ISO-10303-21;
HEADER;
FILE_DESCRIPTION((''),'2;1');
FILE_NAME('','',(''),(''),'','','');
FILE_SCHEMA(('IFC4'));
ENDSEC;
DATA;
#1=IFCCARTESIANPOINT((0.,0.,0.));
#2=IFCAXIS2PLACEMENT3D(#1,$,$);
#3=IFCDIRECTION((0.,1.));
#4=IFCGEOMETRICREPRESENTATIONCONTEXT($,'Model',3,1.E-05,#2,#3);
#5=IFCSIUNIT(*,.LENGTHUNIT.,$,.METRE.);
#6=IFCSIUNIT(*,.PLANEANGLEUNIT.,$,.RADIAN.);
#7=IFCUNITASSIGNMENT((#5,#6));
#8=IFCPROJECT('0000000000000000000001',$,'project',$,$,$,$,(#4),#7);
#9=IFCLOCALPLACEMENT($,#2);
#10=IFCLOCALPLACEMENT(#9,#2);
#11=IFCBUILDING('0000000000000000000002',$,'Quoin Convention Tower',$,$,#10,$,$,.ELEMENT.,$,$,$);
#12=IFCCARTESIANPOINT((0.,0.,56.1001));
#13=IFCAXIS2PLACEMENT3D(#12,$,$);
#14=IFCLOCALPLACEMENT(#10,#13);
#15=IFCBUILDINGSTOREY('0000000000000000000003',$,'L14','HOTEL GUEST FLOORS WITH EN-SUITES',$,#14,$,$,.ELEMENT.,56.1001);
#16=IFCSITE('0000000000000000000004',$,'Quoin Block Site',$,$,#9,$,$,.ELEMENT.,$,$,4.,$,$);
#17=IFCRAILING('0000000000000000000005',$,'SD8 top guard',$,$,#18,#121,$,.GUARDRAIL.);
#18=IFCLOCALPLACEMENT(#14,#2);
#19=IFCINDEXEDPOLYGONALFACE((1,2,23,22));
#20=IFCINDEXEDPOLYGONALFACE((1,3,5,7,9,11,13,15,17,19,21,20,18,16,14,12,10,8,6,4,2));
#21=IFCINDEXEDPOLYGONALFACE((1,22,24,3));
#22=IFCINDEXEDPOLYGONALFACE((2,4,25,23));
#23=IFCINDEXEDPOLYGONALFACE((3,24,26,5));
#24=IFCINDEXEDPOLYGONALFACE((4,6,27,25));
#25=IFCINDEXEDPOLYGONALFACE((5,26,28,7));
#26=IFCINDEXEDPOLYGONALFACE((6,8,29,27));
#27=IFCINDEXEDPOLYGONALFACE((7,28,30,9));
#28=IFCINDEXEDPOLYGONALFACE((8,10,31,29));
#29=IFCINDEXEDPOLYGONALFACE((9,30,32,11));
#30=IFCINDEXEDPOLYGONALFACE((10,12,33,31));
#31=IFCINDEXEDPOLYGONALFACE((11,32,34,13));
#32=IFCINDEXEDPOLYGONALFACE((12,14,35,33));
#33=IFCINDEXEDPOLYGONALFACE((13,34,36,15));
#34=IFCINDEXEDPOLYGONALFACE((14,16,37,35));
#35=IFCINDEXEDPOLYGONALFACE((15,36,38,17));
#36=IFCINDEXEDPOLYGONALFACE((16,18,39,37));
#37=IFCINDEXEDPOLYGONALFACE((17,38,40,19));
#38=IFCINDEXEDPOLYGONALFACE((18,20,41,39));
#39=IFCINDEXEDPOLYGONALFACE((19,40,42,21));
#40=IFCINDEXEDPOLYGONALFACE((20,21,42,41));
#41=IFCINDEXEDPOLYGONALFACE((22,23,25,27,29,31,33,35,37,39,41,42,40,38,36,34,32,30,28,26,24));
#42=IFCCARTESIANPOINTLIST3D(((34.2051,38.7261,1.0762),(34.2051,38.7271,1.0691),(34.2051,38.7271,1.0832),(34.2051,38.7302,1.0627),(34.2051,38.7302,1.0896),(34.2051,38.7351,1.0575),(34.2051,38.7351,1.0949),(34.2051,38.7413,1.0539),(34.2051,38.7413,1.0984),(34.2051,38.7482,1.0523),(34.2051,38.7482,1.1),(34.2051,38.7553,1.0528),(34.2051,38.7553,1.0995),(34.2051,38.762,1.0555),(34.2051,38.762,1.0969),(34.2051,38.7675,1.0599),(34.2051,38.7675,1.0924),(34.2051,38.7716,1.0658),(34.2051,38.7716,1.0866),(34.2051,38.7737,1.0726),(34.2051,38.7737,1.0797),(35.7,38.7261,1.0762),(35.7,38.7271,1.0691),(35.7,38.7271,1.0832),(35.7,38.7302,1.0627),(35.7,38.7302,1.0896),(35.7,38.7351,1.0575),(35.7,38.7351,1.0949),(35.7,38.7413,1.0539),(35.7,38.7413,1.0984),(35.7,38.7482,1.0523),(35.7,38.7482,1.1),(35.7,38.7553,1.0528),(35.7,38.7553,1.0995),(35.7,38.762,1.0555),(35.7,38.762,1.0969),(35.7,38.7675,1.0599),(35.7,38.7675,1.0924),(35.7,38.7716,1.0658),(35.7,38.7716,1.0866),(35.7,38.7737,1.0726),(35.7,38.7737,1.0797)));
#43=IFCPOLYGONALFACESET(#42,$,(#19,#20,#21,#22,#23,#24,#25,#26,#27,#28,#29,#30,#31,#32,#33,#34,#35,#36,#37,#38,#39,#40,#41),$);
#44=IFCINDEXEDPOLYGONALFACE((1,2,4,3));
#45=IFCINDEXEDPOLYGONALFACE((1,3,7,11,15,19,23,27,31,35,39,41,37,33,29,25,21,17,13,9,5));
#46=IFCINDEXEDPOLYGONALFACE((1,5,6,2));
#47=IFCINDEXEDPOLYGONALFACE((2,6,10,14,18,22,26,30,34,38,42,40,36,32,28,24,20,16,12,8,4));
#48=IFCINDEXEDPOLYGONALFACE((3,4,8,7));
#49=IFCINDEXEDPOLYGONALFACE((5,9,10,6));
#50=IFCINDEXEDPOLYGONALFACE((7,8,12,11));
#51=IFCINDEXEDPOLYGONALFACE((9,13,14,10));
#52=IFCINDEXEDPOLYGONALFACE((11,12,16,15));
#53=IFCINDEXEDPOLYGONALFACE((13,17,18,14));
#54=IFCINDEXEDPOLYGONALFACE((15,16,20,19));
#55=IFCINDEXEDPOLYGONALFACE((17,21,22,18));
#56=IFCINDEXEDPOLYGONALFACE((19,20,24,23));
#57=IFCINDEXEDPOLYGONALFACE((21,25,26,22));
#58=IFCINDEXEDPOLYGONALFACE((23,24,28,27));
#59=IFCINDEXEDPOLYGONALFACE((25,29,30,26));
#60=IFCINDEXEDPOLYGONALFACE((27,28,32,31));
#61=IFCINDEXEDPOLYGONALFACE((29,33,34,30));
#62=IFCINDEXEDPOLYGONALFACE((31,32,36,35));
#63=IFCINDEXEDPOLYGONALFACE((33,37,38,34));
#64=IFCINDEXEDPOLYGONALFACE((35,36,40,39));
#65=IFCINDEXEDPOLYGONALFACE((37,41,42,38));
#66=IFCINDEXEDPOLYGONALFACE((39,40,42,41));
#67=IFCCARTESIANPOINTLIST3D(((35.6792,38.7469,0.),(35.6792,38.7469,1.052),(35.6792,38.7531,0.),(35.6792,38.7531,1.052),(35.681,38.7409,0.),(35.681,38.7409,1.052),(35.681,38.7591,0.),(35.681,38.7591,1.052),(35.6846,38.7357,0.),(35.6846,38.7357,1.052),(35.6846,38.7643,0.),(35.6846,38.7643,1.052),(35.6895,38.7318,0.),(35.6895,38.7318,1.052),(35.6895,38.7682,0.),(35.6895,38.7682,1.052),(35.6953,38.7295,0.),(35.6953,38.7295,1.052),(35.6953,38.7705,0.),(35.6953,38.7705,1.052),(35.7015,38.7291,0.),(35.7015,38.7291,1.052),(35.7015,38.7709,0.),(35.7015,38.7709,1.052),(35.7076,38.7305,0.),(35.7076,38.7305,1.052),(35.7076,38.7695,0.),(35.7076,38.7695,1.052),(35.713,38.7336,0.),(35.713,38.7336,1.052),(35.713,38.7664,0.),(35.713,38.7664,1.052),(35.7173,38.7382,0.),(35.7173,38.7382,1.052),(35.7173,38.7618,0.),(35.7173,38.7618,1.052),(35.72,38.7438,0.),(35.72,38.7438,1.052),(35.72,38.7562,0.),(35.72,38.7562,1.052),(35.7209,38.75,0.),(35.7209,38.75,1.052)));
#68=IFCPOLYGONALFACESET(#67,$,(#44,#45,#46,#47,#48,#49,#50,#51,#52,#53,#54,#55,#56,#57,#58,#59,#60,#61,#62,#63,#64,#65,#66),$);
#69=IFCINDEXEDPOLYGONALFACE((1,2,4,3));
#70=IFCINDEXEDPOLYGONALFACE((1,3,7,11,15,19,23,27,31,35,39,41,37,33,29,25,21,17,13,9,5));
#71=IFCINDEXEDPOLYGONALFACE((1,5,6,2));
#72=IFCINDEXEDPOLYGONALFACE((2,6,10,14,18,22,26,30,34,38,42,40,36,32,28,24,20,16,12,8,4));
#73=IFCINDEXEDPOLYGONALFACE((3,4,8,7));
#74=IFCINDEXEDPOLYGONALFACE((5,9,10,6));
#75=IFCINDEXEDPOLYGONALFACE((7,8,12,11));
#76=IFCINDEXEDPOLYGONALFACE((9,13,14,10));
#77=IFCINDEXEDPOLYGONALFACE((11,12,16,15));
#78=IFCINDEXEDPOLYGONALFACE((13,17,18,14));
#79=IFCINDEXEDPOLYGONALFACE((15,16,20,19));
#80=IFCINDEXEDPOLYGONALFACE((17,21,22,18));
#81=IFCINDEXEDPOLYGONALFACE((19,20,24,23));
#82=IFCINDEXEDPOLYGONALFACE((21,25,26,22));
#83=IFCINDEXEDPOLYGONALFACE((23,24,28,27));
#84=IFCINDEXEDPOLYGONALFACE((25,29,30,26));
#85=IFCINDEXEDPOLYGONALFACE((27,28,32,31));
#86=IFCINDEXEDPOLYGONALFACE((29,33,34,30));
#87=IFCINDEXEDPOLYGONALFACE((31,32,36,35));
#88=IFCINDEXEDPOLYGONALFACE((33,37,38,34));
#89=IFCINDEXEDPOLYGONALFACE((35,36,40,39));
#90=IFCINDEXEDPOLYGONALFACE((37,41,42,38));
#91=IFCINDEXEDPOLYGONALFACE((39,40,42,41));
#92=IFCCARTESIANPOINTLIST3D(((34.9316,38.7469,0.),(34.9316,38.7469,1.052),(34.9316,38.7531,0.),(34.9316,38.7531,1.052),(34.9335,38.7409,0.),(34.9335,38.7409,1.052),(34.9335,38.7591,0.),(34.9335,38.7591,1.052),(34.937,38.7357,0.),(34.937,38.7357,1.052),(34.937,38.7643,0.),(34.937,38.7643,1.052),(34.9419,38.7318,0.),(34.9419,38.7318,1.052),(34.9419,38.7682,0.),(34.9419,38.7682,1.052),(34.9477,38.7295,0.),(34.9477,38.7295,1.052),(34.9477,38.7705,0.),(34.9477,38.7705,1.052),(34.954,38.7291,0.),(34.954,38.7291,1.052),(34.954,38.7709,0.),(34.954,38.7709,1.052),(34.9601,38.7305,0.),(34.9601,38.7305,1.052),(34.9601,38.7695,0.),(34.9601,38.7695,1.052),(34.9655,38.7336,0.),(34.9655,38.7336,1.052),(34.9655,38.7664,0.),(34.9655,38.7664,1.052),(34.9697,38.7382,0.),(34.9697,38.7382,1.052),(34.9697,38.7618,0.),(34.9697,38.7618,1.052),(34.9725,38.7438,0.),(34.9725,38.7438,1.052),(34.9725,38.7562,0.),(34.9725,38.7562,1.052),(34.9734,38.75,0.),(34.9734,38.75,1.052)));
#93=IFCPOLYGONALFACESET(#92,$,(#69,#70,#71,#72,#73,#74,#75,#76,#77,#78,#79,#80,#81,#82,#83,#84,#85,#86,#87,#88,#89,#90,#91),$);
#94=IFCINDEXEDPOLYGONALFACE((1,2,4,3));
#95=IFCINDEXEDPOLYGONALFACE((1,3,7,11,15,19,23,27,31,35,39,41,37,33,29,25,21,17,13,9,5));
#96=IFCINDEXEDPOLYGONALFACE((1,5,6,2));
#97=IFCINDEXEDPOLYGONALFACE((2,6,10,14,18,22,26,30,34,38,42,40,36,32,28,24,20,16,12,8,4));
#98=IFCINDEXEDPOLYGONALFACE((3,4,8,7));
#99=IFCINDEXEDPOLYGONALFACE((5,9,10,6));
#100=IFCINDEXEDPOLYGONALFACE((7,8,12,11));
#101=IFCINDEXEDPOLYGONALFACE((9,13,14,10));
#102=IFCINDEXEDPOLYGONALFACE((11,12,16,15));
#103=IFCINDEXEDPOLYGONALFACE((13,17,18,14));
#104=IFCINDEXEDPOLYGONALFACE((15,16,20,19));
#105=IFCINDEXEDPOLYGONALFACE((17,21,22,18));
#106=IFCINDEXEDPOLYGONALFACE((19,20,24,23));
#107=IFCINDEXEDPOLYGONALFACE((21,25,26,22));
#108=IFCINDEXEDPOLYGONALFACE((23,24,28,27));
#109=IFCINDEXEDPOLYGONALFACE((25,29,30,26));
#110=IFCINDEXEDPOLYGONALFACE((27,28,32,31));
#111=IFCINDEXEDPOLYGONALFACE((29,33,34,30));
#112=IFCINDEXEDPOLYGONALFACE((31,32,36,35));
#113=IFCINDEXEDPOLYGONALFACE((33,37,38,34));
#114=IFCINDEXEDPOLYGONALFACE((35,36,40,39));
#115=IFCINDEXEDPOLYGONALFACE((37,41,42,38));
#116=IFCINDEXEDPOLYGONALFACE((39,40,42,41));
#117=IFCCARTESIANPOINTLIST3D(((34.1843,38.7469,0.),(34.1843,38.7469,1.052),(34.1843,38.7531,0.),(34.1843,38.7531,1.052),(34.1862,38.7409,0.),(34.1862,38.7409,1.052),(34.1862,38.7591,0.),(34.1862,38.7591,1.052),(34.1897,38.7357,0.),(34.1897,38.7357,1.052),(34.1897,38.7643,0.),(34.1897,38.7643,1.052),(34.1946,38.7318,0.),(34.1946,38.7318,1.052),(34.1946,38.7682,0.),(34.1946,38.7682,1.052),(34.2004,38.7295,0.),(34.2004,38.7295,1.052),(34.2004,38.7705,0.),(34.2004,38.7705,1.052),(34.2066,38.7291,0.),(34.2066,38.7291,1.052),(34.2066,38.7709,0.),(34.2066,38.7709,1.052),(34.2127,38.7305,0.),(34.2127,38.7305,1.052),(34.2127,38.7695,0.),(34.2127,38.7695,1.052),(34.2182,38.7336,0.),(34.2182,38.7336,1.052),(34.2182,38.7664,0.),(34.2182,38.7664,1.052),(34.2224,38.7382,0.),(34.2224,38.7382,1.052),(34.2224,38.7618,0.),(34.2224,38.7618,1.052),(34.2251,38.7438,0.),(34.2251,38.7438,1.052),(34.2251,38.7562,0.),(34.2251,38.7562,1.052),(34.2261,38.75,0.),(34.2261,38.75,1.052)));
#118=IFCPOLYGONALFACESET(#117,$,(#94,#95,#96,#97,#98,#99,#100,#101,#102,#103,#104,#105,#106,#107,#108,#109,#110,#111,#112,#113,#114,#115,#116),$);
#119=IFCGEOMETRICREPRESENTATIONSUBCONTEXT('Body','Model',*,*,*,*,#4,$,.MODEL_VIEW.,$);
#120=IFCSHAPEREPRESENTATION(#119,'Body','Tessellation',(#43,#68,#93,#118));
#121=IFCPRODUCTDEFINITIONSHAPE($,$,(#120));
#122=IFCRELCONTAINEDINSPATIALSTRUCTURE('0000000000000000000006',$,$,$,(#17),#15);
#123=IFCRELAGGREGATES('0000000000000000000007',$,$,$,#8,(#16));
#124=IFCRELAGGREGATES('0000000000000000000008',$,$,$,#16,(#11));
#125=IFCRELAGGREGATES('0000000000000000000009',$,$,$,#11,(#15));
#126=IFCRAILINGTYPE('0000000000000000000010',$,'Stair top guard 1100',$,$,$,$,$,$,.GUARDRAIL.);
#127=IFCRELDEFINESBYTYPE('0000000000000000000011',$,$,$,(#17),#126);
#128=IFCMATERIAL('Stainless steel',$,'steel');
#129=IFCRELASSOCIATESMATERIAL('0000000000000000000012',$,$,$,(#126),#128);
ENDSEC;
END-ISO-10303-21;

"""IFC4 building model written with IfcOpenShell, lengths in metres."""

from ifc_helpers import new_model, si_unit, direction, frame, origin, origin_2d, place, context, subcontext, project, spatial, circle, extrude, material, type_object, element, save


model = new_model("IFC4")

# Units and contexts
model_context = context("Model", 3, precision=1e-05, world=origin(), true_north=direction((0.0, 1.0)))
body_context = subcontext(model_context, "Body", "Model", "MODEL_VIEW")
ifc_project = project(units=[si_unit("LENGTHUNIT", "METRE"), si_unit("PLANEANGLEUNIT", "RADIAN")], contexts=[model_context])

# Site, building, storey
site_placement = place(None, origin())
site = spatial("IfcSite", under=ifc_project, at=site_placement, Name="Quoin Block Site", CompositionType="ELEMENT", RefElevation=4.0)
building_placement = place(site_placement, origin())
building = spatial("IfcBuilding", under=site, at=building_placement, Name="Quoin Convention Tower", CompositionType="ELEMENT")
storey_placement = place(building_placement, frame((0.0, 0.0, 56.1001)))
storey = spatial("IfcBuildingStorey", under=building, at=storey_placement, Name="L14", Description="HOTEL GUEST FLOORS WITH EN-SUITES", CompositionType="ELEMENT", Elevation=56.1001)

# Railing
ifc_material_1 = material(Name="Stainless steel", Category="steel")
railing_type_1 = type_object("IfcRailingType", Name="Stair top guard 1100", PredefinedType="GUARDRAIL", material=ifc_material_1)
railing_1_placement = place(storey_placement, frame((35.7, 38.75, 0.0)))
element("IfcRailing", 1, at=railing_1_placement, inside=storey, type_object=railing_type_1, Name="SD8 top guard", PredefinedType="GUARDRAIL", context=body_context, shape_type="SweptSolid", body=[
    extrude(circle(Radius=0.0239, at=origin_2d()), frame((0.0, 0.0, 1.0762), z_axis=(-1.0, 0.0, 0.0), x_axis=(0.0, -1.0, 0.0)), (0.0, 0.0, 1.0), 1.4949),
    extrude(circle(Radius=0.021, at=origin_2d()), origin(), (0.0, 0.0, 1.0), 1.052),
    extrude(circle(Radius=0.021, at=origin_2d()), frame((-0.7476, 0.0, 0.0)), (0.0, 0.0, 1.0), 1.052),
    extrude(circle(Radius=0.021, at=origin_2d()), frame((-1.4949, 0.0, 0.0)), (0.0, 0.0, 1.0), 1.052),
])

save(model, "model.ifc")
